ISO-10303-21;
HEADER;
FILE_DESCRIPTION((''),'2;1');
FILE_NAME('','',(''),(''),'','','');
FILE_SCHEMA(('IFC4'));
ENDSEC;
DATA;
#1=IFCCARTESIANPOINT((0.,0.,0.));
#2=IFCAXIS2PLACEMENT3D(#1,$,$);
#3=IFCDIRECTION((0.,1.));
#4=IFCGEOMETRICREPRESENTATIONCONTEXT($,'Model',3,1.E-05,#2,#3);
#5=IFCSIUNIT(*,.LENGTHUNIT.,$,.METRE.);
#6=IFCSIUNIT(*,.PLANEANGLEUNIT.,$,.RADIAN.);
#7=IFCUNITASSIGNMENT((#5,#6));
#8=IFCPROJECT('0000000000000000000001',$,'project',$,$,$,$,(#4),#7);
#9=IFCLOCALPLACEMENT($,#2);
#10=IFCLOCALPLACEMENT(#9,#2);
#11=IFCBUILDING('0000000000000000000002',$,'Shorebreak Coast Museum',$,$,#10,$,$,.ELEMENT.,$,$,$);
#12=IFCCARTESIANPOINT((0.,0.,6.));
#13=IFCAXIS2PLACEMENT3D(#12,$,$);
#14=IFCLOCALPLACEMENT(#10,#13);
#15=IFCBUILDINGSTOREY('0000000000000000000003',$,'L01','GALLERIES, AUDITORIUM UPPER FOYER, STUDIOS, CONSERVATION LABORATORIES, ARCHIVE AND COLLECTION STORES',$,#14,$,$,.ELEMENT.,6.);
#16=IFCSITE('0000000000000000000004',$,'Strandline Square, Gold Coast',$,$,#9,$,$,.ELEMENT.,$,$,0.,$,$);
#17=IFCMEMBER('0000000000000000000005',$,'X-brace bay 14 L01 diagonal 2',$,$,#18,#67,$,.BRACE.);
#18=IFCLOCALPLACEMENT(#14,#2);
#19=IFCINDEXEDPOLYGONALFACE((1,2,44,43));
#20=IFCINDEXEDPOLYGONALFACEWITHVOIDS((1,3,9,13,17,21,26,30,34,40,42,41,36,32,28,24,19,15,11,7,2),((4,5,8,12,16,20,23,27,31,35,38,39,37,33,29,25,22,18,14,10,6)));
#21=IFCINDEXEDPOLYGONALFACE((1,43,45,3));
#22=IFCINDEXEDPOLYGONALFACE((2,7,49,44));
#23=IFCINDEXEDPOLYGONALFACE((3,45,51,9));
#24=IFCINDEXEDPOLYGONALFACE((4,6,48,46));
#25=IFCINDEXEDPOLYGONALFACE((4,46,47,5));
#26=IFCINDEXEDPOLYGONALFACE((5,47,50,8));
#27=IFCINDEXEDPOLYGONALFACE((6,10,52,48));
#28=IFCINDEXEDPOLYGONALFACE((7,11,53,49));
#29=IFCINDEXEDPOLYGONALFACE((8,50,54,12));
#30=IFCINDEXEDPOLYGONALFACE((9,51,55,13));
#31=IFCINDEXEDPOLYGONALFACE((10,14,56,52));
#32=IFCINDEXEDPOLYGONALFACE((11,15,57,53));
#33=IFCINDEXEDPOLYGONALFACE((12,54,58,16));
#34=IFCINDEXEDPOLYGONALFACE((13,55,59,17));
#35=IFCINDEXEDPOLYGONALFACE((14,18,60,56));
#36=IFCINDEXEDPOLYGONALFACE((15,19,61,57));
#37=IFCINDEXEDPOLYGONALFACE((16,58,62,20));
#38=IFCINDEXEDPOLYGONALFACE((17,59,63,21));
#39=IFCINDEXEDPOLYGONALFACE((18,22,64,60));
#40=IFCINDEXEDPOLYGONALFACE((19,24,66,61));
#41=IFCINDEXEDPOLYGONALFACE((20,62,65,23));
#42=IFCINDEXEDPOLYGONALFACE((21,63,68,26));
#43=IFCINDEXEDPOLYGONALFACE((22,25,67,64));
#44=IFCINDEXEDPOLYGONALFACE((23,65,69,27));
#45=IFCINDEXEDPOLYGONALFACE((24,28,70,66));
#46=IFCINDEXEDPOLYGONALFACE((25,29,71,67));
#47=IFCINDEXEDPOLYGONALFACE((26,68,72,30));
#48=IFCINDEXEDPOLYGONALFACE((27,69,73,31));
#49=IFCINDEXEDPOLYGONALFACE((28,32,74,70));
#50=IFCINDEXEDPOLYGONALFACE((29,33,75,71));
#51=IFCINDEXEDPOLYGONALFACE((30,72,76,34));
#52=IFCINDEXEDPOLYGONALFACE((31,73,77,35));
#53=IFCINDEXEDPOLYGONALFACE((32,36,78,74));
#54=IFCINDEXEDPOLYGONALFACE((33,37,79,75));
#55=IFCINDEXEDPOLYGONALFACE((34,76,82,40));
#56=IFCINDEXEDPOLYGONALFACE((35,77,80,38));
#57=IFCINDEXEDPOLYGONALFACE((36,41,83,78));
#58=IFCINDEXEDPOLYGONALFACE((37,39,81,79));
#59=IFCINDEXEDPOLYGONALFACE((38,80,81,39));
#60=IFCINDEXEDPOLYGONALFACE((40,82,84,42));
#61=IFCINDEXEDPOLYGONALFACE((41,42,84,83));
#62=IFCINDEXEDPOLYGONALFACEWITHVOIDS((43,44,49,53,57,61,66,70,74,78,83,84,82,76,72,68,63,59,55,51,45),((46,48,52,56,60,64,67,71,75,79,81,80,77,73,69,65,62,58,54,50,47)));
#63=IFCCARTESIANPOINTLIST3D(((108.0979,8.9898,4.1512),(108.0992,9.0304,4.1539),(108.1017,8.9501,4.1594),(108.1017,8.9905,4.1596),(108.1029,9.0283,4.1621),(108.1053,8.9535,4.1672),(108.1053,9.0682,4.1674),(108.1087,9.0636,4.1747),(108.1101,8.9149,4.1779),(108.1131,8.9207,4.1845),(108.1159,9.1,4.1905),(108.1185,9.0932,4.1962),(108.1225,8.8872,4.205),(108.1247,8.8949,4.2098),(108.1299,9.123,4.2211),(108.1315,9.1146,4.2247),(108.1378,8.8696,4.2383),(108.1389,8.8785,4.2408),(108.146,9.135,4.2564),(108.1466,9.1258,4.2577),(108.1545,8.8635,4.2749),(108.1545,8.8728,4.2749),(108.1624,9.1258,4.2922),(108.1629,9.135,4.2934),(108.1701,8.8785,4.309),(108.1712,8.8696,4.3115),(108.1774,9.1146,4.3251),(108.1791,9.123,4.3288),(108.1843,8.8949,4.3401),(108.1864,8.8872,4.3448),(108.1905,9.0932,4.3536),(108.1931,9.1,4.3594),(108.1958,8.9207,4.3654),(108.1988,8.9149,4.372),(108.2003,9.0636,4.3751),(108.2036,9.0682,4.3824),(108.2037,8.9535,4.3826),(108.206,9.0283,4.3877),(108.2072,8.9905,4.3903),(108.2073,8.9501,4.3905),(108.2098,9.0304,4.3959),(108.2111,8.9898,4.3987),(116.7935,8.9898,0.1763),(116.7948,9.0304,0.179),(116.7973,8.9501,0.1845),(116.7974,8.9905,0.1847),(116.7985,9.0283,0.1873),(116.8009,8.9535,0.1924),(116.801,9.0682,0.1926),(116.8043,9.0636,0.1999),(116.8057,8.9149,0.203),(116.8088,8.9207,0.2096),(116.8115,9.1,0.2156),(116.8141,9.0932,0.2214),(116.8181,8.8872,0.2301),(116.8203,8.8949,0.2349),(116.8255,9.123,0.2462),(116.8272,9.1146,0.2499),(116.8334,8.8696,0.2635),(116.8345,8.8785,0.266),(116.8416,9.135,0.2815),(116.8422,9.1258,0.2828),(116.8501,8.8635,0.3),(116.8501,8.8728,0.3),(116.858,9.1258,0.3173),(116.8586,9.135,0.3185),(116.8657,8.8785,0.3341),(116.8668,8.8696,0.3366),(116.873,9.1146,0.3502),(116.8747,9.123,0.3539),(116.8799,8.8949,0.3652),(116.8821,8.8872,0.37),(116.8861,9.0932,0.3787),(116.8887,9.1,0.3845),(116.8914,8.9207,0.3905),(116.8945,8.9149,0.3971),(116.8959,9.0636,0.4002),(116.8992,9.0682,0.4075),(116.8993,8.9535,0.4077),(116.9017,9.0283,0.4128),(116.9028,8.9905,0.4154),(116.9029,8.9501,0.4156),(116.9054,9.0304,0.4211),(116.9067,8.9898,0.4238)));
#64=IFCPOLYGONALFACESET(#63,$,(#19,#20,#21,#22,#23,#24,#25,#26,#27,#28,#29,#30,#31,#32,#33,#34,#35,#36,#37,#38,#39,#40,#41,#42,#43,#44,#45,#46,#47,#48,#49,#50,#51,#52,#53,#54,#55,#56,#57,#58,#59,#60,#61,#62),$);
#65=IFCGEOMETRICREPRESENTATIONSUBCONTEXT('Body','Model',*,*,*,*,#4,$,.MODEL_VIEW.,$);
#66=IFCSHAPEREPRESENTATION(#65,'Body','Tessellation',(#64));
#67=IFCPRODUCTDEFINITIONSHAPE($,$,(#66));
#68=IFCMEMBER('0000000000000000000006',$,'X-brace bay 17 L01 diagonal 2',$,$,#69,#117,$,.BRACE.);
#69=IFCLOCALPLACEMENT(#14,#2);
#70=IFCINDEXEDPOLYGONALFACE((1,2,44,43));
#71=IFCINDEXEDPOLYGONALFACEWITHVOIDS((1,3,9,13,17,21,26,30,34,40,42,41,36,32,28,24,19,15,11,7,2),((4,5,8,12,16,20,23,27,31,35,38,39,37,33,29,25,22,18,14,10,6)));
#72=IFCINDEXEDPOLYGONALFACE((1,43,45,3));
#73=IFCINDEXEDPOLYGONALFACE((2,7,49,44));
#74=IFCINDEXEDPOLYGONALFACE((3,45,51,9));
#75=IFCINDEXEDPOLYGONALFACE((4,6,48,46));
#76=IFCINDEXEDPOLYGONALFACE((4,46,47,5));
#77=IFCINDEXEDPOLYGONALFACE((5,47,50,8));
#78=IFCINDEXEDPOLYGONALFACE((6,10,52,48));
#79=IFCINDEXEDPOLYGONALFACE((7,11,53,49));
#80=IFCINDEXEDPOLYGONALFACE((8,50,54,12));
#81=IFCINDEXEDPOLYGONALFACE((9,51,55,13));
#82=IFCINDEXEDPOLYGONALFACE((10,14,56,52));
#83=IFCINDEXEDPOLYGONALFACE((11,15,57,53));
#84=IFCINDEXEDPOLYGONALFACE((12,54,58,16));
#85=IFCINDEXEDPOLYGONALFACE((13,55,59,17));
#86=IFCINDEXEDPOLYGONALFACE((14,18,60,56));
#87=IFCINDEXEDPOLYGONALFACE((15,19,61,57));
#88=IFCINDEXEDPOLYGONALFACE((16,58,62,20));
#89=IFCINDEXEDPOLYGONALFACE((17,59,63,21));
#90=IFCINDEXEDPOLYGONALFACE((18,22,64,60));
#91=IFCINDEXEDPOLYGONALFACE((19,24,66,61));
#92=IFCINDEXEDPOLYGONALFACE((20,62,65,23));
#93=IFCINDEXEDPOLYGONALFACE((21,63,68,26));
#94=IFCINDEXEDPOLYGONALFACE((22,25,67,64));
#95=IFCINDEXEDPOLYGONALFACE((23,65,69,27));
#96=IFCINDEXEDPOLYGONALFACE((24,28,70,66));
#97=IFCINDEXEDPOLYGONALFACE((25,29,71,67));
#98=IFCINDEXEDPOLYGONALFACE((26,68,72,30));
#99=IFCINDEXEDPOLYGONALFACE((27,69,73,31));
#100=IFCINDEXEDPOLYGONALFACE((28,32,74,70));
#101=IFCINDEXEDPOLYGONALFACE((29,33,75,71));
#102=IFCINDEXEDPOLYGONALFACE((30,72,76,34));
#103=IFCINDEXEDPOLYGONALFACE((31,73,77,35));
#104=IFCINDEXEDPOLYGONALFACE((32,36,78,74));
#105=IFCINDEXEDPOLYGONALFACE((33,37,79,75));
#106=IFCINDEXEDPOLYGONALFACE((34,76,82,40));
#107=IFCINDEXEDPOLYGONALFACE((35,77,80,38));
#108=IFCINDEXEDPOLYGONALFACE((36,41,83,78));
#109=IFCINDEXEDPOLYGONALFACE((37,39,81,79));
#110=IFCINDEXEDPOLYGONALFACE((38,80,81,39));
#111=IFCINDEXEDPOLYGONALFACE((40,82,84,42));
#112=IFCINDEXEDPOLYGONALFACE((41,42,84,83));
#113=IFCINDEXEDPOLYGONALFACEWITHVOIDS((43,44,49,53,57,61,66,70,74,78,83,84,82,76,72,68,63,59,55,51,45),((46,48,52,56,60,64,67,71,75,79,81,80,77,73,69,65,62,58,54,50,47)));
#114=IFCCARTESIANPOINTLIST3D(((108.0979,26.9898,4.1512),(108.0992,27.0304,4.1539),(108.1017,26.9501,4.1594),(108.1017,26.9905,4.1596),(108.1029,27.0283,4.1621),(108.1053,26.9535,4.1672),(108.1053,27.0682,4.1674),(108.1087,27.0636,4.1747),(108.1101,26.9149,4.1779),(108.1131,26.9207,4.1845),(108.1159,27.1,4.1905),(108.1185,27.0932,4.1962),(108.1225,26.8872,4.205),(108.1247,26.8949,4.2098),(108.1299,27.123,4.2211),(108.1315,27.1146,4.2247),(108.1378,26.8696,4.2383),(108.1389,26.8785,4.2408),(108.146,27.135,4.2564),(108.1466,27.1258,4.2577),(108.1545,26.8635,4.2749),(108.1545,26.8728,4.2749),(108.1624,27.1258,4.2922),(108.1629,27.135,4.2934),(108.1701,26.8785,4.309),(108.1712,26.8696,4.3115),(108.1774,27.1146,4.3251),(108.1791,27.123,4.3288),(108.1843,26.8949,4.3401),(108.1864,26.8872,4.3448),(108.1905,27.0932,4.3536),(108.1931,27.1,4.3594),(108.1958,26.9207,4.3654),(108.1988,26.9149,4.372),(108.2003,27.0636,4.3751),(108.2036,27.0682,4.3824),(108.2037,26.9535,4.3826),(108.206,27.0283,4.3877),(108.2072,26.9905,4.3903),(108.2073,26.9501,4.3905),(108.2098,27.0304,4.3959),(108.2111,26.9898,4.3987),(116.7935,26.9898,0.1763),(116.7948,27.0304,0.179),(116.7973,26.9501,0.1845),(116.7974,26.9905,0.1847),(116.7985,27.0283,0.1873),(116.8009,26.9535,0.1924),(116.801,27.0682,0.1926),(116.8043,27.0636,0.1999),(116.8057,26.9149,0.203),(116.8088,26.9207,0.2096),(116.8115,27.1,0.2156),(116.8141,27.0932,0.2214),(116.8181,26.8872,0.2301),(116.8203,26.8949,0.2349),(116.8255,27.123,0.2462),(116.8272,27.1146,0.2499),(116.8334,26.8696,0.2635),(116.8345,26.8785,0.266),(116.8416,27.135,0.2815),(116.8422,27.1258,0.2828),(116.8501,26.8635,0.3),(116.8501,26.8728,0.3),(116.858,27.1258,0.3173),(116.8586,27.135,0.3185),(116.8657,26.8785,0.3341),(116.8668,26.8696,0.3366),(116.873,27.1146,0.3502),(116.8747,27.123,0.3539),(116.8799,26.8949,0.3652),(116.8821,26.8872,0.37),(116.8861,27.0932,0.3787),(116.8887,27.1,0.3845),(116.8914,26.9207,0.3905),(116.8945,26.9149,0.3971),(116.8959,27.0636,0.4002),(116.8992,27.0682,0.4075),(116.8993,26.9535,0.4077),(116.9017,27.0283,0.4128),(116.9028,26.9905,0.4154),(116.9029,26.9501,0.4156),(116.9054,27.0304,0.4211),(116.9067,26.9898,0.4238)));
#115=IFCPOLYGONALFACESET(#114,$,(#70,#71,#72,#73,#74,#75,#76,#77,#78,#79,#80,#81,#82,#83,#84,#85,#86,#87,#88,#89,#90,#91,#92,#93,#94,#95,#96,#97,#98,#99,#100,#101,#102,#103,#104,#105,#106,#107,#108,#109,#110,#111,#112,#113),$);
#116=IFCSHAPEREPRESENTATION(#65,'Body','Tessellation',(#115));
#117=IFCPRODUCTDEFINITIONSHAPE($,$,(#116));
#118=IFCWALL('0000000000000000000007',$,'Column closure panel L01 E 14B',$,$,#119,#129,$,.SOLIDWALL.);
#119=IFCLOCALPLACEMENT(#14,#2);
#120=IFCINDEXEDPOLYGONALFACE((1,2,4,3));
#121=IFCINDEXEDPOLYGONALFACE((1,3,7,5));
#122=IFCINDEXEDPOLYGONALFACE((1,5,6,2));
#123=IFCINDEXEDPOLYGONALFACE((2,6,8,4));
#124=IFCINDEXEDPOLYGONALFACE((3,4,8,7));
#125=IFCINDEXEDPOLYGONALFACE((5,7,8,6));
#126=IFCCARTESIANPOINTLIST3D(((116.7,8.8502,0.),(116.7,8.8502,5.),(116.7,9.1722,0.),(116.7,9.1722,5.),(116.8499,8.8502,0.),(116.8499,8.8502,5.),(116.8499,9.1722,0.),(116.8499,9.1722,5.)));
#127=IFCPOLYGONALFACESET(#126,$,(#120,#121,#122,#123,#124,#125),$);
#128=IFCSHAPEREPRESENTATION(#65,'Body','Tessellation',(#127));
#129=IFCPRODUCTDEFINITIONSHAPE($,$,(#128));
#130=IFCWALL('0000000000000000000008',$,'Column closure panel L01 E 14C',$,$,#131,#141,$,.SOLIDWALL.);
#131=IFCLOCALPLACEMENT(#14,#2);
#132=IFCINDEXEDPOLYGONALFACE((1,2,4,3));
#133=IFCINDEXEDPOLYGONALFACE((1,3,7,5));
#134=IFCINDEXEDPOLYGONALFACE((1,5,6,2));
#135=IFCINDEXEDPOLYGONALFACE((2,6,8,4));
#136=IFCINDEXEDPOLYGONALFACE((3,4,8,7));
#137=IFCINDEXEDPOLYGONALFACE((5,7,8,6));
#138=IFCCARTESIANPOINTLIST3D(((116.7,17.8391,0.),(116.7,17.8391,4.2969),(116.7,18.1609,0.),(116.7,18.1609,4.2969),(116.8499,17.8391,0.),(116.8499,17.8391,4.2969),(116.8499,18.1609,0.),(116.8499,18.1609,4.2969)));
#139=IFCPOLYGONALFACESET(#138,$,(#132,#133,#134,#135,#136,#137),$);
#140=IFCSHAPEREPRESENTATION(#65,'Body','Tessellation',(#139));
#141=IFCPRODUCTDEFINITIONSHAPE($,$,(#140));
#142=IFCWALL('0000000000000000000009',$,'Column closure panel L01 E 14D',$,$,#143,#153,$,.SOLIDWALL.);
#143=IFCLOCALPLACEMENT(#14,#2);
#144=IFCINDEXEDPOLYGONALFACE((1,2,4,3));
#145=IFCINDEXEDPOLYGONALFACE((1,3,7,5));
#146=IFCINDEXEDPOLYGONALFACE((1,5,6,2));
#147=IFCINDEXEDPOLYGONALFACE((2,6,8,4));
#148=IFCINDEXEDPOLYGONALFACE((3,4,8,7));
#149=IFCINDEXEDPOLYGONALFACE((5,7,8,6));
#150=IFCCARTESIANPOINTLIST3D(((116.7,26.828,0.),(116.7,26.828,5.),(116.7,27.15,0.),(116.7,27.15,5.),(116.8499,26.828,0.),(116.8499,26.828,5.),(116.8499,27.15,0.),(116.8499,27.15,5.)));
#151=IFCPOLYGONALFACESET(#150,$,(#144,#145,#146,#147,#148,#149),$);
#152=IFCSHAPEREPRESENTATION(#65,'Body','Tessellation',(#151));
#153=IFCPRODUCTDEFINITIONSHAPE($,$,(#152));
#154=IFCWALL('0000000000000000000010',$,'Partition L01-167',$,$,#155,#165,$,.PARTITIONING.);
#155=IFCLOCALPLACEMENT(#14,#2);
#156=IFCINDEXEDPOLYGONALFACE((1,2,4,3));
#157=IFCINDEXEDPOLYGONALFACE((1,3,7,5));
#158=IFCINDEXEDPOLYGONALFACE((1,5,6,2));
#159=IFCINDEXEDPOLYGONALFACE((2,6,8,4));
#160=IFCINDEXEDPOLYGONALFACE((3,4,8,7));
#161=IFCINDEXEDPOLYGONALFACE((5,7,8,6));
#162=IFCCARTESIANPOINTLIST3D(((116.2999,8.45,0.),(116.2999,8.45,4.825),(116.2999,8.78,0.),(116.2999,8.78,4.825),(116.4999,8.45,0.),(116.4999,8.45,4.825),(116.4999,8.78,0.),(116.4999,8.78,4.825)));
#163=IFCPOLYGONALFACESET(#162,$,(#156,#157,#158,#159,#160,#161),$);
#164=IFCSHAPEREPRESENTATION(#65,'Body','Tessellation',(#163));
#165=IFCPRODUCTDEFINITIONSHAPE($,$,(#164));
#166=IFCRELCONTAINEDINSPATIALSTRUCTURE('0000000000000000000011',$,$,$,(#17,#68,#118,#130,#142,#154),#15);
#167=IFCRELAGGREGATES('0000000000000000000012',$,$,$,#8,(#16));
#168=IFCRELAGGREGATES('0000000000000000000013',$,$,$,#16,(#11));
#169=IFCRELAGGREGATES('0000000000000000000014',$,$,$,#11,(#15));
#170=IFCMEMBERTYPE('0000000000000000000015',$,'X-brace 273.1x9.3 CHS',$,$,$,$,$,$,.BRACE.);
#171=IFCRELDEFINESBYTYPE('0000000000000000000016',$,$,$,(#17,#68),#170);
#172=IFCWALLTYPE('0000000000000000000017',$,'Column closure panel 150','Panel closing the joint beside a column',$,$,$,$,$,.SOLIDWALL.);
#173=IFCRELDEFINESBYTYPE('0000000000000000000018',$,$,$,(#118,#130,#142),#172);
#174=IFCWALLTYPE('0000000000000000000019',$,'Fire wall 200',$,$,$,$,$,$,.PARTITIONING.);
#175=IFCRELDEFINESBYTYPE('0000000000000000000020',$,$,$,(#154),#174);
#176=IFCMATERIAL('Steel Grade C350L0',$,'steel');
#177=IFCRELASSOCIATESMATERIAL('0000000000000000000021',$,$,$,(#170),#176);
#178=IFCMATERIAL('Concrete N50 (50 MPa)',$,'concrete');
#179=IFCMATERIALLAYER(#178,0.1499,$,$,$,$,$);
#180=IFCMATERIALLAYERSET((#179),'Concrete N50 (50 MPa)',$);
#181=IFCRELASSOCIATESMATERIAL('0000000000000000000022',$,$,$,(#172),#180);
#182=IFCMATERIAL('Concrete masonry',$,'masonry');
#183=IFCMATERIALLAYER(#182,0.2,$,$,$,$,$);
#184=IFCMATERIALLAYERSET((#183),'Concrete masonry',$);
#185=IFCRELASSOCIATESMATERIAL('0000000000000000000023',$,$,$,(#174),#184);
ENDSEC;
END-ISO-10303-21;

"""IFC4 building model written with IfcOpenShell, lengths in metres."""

from ifc_helpers import new_model, si_unit, direction, frame, frame_2d, origin, origin_2d, place, context, subcontext, project, spatial, rectangle, hollow_circle, extrude, material, layer, layer_set, material_profile, profile_set, type_object, element, save


model = new_model("IFC4")

# Units and contexts
model_context = context("Model", 3, precision=1e-05, world=origin(), true_north=direction((0.0, 1.0)))
body_context = subcontext(model_context, "Body", "Model", "MODEL_VIEW")
ifc_project = project(units=[si_unit("LENGTHUNIT", "METRE"), si_unit("PLANEANGLEUNIT", "RADIAN")], contexts=[model_context])

# Site, building, storey
site_placement = place(None, origin())
site = spatial("IfcSite", under=ifc_project, at=site_placement, Name="Strandline Square, Gold Coast", CompositionType="ELEMENT", RefElevation=0.0)
building_placement = place(site_placement, origin())
building = spatial("IfcBuilding", under=site, at=building_placement, Name="Shorebreak Coast Museum", CompositionType="ELEMENT")
storey_placement = place(building_placement, frame((0.0, 0.0, 6.0)))
storey = spatial("IfcBuildingStorey", under=building, at=storey_placement, Name="L01", Description="GALLERIES, AUDITORIUM UPPER FOYER, STUDIOS, CONSERVATION LABORATORIES, ARCHIVE AND COLLECTION STORES", CompositionType="ELEMENT", Elevation=6.0)

# Members
ifc_material_1 = material(Name="Steel Grade C350L0", Category="steel")
ifc_material_profile = material_profile(ifc_material_1, hollow_circle(Radius=0.1365, WallThickness=0.0093, at=origin_2d()), Name="273.1x9.3 CHS")
ifc_profile_set = profile_set([ifc_material_profile], Name="Steel Grade C350L0")
member_type = type_object("IfcMemberType", Name="X-brace 273.1x9.3 CHS", PredefinedType="BRACE", material=ifc_profile_set)
for number, where, z_axis, x_axis, name in (
    (1, (116.8501, 9.0, 0.3), (-0.909485, 0.0, 0.415737), (0.0, -1.0, 0.0), "X-brace bay 14 L01 diagonal 2"),
    (2, (116.8501, 27.0, 0.3), (-0.909485, 0.0, 0.415737), (0.0, -1.0, 0.0), "X-brace bay 17 L01 diagonal 2"),
):
    element("IfcMember", number, at=place(storey_placement, frame(where, z_axis=z_axis, x_axis=x_axis)), inside=storey, type_object=member_type, Name=name, PredefinedType="BRACE", context=body_context, shape_type="SweptSolid", body=[
        extrude(hollow_circle(Radius=0.1365, WallThickness=0.0093, at=origin_2d()), origin(), (0.0, 0.0, 1.0), 9.561),
    ])

# Walls
ifc_material_2 = material(Name="Concrete N50 (50 MPa)", Category="concrete")
ifc_layer_1 = layer(ifc_material_2, 0.1499)
ifc_layer_set_1 = layer_set([ifc_layer_1], Name="Concrete N50 (50 MPa)")
wall_type_1 = type_object("IfcWallType", Name="Column closure panel 150", Description="Panel closing the joint beside a column", PredefinedType="SOLIDWALL", material=ifc_layer_set_1)
wall_1_placement = place(storey_placement, frame((116.7749, 8.8501, 0.0), z_axis=(0.0, 0.0, 1.0), x_axis=(0.0, 1.0, 0.0)))
element("IfcWall", 3, at=wall_1_placement, inside=storey, type_object=wall_type_1, Name="Column closure panel L01 E 14B", PredefinedType="SOLIDWALL", context=body_context, shape_type="SweptSolid", body=[
    extrude(rectangle(XDim=0.322, YDim=0.1499, at=frame_2d((0.1611, 0.0))), origin(), (0.0, 0.0, 1.0), 5.0),
])
wall_2_placement = place(storey_placement, frame((116.7749, 17.8391, 0.0), z_axis=(0.0, 0.0, 1.0), x_axis=(0.0, 1.0, 0.0)))
element("IfcWall", 4, at=wall_2_placement, inside=storey, type_object=wall_type_1, Name="Column closure panel L01 E 14C", PredefinedType="SOLIDWALL", context=body_context, shape_type="SweptSolid", body=[
    extrude(rectangle(XDim=0.3218, YDim=0.1499, at=frame_2d((0.1609, 0.0))), origin(), (0.0, 0.0, 1.0), 4.2969),
])
wall_3_placement = place(storey_placement, frame((116.7749, 26.8279, 0.0), z_axis=(0.0, 0.0, 1.0), x_axis=(0.0, 1.0, 0.0)))
element("IfcWall", 5, at=wall_3_placement, inside=storey, type_object=wall_type_1, Name="Column closure panel L01 E 14D", PredefinedType="SOLIDWALL", context=body_context, shape_type="SweptSolid", body=[
    extrude(rectangle(XDim=0.322, YDim=0.1499, at=frame_2d((0.1611, 0.0))), origin(), (0.0, 0.0, 1.0), 5.0),
])
ifc_material_3 = material(Name="Concrete masonry", Category="masonry")
ifc_layer_2 = layer(ifc_material_3, 0.2)
ifc_layer_set_2 = layer_set([ifc_layer_2], Name="Concrete masonry")
wall_type_2 = type_object("IfcWallType", Name="Fire wall 200", PredefinedType="PARTITIONING", material=ifc_layer_set_2)
wall_4_placement = place(storey_placement, frame((116.3999, 8.45, 0.0), z_axis=(0.0, 0.0, 1.0), x_axis=(0.0, 1.0, 0.0)))
element("IfcWall", 6, at=wall_4_placement, inside=storey, type_object=wall_type_2, Name="Partition L01-167", PredefinedType="PARTITIONING", context=body_context, shape_type="SweptSolid", body=[
    extrude(rectangle(XDim=0.3301, YDim=0.2, at=frame_2d((0.165, 0.0))), origin(), (0.0, 0.0, 1.0), 4.825),
])

save(model, "model.ifc")
